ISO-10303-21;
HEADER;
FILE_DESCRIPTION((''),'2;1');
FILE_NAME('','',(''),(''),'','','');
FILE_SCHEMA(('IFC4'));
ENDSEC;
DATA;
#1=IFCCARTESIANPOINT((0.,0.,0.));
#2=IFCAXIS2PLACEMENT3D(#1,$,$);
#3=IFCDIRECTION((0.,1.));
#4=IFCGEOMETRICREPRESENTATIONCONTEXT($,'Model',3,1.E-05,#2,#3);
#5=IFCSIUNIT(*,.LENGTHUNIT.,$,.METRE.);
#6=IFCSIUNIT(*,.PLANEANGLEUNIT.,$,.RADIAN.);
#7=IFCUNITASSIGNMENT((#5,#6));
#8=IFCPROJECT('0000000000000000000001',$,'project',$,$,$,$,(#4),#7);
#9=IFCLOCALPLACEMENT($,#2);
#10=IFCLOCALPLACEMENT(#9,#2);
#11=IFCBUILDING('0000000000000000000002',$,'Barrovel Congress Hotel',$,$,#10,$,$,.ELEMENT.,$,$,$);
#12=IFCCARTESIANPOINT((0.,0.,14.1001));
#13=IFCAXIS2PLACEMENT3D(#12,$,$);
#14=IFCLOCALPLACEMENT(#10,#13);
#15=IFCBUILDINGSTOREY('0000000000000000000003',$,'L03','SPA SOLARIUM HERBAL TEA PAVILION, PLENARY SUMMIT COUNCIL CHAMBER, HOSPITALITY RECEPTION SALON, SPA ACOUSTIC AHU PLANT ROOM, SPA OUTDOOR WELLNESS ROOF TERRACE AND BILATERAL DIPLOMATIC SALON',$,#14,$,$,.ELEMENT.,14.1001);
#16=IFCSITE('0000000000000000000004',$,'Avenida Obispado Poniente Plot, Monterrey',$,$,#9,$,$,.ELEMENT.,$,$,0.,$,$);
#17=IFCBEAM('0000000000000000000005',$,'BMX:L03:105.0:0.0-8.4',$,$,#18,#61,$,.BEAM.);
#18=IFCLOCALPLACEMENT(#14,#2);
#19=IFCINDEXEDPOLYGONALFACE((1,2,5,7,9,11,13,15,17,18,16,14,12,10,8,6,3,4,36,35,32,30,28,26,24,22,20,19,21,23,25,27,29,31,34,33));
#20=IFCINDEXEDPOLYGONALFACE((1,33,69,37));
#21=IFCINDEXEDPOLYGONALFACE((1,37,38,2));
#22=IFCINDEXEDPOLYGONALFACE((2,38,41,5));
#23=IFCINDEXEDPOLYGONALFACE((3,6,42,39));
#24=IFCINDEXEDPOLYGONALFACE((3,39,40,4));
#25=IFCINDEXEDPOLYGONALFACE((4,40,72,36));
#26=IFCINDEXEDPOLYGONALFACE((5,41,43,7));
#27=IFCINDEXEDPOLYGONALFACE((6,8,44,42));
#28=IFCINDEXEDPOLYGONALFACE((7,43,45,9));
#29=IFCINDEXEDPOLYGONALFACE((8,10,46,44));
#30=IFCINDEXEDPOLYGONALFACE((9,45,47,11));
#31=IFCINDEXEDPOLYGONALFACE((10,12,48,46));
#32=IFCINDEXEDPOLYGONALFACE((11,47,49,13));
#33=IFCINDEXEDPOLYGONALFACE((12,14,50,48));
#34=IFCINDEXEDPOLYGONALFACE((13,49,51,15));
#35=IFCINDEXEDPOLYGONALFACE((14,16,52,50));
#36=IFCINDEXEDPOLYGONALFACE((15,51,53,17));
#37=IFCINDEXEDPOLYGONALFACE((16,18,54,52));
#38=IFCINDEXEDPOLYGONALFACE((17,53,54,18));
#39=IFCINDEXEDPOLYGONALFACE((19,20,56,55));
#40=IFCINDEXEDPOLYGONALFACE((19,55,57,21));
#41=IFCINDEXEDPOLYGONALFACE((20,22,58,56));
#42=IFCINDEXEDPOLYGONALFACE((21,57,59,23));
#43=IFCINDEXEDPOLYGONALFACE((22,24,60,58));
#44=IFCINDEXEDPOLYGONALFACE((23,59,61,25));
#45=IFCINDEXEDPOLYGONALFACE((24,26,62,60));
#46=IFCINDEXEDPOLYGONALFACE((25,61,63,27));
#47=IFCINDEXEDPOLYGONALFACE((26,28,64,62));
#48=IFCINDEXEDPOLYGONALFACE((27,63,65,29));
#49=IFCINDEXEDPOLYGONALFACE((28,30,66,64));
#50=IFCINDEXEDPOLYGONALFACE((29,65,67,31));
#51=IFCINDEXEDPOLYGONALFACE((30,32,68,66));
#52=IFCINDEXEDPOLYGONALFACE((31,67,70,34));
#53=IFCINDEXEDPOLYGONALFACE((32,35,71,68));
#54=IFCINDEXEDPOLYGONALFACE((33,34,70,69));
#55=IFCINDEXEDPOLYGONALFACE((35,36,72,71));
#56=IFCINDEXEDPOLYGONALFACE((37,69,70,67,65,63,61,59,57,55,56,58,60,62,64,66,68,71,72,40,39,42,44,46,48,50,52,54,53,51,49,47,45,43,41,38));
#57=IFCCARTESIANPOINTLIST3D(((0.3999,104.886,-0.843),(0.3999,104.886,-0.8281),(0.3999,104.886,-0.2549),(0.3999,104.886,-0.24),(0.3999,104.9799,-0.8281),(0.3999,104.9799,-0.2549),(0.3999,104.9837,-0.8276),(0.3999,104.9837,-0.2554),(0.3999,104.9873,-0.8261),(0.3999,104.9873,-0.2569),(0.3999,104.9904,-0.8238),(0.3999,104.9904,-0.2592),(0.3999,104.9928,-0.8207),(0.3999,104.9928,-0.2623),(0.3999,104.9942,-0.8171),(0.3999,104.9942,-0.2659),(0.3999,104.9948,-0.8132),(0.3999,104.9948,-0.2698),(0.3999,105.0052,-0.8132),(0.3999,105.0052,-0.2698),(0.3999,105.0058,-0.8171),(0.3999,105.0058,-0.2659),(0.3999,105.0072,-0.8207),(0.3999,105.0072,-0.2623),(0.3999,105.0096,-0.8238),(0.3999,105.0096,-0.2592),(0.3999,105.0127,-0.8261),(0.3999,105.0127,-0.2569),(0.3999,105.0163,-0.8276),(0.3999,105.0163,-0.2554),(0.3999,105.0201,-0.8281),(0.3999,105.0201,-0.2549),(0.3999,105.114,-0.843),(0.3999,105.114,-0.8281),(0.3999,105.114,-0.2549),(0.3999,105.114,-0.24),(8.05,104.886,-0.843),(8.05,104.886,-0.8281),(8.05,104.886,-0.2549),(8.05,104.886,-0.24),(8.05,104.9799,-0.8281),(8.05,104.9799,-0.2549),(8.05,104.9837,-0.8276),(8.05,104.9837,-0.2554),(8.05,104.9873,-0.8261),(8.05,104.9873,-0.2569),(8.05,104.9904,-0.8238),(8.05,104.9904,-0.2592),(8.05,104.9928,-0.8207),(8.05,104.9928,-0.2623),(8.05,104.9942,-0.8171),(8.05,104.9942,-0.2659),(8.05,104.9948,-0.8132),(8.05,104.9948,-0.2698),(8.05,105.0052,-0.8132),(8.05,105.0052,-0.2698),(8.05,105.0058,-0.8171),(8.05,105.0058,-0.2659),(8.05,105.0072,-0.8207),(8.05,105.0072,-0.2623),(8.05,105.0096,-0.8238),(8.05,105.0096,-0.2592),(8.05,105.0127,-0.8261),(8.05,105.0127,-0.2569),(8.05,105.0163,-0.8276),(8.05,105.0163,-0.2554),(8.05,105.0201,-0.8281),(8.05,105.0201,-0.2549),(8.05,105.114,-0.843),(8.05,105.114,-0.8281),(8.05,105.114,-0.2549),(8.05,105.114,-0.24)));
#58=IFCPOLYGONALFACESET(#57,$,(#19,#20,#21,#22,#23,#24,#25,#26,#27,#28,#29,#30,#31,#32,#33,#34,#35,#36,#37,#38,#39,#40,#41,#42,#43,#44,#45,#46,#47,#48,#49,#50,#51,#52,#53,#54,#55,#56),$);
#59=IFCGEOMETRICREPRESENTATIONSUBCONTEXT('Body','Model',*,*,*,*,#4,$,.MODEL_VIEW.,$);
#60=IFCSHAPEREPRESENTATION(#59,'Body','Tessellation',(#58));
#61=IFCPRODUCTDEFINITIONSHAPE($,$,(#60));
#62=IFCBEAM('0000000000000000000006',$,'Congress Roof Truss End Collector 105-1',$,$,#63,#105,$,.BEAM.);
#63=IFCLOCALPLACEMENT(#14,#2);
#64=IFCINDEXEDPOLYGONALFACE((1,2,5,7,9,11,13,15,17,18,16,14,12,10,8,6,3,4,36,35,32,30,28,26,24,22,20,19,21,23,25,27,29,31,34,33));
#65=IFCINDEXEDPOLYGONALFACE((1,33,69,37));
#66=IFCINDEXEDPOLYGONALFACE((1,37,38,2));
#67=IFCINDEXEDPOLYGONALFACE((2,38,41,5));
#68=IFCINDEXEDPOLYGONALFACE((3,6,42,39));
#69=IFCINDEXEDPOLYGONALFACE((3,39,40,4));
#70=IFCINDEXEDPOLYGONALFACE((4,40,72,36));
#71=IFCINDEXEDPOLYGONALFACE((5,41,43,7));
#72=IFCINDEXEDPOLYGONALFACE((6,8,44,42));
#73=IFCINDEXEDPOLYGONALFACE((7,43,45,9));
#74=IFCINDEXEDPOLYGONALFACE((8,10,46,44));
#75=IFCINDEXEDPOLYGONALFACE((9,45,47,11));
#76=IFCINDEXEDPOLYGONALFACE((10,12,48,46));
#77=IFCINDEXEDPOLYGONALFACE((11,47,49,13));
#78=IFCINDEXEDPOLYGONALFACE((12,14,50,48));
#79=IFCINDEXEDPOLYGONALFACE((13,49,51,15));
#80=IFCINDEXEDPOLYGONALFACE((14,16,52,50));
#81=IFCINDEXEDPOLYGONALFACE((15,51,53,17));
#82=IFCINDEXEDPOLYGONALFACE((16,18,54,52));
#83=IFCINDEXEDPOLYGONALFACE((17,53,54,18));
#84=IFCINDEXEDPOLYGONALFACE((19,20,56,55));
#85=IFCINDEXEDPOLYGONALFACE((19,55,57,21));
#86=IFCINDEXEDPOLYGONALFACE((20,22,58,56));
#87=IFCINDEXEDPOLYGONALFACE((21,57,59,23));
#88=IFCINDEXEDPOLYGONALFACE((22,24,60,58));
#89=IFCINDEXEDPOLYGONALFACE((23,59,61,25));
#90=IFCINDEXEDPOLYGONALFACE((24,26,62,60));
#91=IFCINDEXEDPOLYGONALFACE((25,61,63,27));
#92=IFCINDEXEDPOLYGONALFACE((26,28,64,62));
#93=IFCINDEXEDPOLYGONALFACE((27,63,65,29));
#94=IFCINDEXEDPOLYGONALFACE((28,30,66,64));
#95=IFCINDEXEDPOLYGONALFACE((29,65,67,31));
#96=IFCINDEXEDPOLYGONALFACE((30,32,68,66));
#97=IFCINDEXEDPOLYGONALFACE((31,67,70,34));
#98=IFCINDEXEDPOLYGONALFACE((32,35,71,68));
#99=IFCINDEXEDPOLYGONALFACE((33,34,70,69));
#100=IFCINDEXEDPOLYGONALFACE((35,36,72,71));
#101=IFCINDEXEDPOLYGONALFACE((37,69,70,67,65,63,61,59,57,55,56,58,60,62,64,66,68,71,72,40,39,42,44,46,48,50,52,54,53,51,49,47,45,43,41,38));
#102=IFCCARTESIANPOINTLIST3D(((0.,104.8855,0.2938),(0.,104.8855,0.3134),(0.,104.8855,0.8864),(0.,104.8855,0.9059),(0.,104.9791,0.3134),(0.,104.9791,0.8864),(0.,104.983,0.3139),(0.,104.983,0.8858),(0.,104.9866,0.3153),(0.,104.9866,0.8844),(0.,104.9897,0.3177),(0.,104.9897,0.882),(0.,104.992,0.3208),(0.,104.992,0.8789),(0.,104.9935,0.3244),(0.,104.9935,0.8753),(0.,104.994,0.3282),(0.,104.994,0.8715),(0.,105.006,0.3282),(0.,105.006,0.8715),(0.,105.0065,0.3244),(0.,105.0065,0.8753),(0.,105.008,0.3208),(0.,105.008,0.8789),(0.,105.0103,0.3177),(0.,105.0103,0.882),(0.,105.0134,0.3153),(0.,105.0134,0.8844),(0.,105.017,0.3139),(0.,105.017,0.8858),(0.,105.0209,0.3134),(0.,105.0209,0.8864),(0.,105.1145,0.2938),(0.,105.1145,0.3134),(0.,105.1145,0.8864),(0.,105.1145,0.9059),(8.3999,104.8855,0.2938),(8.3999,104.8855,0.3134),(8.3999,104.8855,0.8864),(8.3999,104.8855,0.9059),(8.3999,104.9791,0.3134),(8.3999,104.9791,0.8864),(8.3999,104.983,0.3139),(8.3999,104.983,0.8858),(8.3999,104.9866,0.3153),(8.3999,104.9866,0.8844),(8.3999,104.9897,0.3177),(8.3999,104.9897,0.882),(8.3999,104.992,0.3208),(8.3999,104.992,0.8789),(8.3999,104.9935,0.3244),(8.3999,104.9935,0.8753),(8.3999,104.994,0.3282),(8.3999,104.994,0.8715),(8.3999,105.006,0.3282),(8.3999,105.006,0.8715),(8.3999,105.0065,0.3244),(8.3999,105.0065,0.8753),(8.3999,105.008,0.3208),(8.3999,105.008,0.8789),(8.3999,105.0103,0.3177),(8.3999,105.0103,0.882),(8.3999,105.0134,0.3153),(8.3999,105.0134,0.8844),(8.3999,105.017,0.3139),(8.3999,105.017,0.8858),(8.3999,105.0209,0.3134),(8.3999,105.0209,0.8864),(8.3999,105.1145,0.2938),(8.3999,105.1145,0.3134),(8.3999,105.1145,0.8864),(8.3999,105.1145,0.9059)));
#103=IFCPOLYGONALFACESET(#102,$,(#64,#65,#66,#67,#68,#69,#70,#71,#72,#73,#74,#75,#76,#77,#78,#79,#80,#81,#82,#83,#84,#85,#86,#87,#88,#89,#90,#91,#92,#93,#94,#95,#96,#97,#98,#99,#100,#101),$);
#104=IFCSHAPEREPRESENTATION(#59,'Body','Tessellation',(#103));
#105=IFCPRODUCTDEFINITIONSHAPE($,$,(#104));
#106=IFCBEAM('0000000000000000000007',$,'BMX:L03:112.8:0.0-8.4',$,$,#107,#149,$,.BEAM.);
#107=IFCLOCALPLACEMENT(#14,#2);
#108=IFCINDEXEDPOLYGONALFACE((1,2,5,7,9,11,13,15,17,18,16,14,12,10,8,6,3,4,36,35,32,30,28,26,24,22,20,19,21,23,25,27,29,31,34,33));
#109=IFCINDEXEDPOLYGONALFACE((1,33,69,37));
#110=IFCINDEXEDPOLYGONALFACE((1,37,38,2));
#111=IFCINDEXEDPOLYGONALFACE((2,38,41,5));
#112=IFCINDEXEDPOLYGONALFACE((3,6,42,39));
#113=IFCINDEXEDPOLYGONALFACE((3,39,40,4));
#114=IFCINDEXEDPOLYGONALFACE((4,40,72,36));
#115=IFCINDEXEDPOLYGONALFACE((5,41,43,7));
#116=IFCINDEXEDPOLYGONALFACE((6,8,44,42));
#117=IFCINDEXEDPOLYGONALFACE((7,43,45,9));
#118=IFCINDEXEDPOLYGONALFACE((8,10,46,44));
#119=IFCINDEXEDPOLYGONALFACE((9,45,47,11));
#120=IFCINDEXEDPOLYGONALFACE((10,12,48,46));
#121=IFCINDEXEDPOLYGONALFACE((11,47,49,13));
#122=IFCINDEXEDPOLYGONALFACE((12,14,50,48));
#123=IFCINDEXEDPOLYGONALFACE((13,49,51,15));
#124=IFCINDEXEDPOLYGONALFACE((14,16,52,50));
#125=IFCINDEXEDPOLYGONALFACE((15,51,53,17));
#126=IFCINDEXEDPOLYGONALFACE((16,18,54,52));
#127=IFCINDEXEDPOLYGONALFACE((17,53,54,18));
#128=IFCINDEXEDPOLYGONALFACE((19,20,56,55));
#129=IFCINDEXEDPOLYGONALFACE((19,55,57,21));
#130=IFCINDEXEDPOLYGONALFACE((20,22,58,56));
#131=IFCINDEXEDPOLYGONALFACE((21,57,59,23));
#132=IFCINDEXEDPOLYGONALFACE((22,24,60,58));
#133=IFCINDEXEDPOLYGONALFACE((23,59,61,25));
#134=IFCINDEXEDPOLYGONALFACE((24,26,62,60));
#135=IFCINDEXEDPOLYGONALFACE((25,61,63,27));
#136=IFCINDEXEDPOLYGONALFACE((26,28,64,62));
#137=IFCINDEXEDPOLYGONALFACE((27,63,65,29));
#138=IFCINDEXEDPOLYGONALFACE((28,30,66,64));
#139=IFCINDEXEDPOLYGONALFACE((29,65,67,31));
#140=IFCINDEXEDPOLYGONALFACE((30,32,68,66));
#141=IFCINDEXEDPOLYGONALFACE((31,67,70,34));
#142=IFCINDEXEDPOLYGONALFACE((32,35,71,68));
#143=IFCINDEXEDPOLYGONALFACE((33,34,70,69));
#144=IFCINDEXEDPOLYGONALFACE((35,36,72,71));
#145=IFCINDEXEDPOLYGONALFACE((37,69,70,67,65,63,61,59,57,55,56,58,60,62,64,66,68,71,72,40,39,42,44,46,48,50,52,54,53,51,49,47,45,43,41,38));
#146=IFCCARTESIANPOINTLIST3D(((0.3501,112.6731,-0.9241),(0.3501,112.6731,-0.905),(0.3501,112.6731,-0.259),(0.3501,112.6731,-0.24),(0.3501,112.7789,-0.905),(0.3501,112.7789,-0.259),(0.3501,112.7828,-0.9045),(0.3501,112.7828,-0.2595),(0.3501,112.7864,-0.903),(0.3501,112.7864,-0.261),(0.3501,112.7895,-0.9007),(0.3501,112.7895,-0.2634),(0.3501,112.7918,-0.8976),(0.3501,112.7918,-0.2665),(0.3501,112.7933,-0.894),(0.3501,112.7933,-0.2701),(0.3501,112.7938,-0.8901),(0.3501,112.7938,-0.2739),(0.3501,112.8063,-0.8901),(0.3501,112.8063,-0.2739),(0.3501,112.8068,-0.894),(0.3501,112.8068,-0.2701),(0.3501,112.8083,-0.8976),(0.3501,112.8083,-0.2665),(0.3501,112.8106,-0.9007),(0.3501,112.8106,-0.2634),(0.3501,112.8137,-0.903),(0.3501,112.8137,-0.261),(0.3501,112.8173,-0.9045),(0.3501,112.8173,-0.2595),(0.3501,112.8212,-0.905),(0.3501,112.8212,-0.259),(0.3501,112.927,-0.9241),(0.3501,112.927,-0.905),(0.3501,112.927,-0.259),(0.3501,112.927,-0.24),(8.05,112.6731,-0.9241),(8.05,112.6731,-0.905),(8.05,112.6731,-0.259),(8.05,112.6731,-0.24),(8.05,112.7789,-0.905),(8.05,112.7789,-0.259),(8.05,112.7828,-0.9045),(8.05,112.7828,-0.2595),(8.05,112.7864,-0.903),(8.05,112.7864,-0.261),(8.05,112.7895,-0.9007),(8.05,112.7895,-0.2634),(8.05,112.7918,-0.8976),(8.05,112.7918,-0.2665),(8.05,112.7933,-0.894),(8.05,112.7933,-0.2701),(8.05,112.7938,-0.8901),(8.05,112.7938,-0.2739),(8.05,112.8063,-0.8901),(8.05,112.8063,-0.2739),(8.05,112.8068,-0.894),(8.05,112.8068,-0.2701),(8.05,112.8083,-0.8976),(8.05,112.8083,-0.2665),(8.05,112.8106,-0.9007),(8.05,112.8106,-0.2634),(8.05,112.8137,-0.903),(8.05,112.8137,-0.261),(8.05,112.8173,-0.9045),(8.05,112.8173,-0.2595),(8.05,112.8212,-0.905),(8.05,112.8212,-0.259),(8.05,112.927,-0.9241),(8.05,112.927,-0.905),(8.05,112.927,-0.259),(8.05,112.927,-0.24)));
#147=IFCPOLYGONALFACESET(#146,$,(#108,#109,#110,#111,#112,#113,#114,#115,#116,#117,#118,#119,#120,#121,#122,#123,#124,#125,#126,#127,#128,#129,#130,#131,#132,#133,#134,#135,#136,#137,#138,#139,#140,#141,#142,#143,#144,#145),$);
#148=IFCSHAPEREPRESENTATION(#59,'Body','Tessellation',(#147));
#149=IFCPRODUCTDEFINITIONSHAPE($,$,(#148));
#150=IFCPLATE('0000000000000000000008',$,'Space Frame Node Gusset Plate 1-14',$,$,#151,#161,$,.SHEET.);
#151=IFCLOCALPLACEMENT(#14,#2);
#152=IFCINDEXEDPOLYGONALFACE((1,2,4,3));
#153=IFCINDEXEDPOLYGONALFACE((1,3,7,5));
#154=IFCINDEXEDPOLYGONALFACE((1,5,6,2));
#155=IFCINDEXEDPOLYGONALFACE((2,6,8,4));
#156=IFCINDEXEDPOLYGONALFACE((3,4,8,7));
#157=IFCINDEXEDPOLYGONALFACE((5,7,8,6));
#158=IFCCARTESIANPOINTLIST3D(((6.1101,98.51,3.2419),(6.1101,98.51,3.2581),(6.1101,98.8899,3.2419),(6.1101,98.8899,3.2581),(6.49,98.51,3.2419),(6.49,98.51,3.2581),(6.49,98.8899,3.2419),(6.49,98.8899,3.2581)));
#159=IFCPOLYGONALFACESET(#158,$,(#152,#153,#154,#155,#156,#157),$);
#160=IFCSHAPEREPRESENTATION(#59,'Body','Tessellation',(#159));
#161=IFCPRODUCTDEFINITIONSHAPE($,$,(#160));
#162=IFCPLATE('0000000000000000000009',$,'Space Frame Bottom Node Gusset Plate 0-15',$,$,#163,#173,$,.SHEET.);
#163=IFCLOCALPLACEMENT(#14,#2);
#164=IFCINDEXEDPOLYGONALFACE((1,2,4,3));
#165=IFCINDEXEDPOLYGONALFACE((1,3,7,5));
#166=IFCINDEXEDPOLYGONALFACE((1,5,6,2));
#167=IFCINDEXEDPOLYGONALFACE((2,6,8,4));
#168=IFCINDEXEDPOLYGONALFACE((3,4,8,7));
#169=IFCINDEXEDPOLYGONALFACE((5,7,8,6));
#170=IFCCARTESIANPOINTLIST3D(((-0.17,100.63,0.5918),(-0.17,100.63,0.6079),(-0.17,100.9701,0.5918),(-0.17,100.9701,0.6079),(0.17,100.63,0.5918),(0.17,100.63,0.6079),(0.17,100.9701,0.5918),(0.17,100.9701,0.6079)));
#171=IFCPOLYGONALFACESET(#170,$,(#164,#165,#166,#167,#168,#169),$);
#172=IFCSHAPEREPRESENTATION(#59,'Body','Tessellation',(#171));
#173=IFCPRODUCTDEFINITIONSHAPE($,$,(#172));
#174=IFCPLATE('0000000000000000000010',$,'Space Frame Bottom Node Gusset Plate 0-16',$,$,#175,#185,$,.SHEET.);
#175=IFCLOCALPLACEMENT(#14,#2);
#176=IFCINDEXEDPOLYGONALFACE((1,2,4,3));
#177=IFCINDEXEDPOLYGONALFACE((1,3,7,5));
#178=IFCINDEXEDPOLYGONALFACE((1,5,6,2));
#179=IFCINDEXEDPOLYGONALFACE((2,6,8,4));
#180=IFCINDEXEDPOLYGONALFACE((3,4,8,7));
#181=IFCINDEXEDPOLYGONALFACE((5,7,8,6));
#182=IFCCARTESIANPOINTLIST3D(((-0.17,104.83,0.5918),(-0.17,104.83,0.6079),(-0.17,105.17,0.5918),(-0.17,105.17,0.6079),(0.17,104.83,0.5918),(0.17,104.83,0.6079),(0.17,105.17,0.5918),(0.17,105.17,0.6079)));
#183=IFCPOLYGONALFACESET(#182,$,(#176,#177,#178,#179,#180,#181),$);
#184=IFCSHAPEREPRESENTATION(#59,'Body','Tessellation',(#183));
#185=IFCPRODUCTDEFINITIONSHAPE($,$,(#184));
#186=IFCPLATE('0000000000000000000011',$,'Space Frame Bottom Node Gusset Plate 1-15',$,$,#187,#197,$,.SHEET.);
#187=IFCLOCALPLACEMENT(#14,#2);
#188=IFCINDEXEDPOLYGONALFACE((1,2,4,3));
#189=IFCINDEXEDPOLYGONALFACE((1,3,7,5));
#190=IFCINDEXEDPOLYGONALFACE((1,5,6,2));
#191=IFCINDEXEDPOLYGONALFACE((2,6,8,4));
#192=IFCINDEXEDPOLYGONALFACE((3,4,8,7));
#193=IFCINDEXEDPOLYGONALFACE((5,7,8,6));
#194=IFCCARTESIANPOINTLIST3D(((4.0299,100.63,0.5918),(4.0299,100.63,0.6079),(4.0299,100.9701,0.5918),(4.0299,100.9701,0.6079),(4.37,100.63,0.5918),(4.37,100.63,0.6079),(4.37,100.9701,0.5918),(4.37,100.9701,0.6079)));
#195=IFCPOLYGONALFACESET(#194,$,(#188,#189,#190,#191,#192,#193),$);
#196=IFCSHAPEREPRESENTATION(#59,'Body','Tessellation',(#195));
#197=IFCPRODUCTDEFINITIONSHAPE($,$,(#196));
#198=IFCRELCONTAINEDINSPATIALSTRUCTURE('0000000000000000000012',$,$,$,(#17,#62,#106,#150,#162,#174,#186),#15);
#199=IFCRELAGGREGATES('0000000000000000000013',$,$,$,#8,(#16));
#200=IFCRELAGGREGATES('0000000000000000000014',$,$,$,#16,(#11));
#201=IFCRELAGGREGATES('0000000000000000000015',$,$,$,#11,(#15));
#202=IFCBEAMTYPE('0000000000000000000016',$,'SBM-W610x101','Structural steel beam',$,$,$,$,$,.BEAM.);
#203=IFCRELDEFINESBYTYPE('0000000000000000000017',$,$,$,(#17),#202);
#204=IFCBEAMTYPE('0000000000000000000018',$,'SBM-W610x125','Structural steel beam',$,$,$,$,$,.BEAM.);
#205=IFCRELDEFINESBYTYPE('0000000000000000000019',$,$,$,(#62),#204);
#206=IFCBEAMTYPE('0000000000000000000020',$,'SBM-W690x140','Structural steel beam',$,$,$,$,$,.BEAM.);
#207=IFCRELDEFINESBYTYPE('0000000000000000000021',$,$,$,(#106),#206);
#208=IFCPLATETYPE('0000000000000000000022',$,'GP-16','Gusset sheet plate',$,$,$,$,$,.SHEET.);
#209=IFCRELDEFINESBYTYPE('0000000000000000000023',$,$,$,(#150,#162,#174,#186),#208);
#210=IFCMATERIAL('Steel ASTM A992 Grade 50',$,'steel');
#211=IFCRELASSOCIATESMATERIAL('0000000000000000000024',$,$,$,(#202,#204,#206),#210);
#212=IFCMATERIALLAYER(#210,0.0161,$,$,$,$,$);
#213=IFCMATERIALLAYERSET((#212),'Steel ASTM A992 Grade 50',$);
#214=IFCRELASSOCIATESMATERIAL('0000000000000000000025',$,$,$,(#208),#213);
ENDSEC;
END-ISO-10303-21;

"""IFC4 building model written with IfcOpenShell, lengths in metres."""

from ifc_helpers import new_model, si_unit, direction, frame, origin, origin_2d, place, context, subcontext, project, spatial, rectangle, i_section, extrude, material, layer, layer_set, material_profile, profile_set, type_object, element, save


model = new_model("IFC4")

# Units and contexts
model_context = context("Model", 3, precision=1e-05, world=origin(), true_north=direction((0.0, 1.0)))
body_context = subcontext(model_context, "Body", "Model", "MODEL_VIEW")
ifc_project = project(units=[si_unit("LENGTHUNIT", "METRE"), si_unit("PLANEANGLEUNIT", "RADIAN")], contexts=[model_context])

# Site, building, storey
site_placement = place(None, origin())
site = spatial("IfcSite", under=ifc_project, at=site_placement, Name="Avenida Obispado Poniente Plot, Monterrey", CompositionType="ELEMENT", RefElevation=0.0)
building_placement = place(site_placement, origin())
building = spatial("IfcBuilding", under=site, at=building_placement, Name="Barrovel Congress Hotel", CompositionType="ELEMENT")
storey_placement = place(building_placement, frame((0.0, 0.0, 14.1001)))
storey = spatial("IfcBuildingStorey", under=building, at=storey_placement, Name="L03", Description="SPA SOLARIUM HERBAL TEA PAVILION, PLENARY SUMMIT COUNCIL CHAMBER, HOSPITALITY RECEPTION SALON, SPA ACOUSTIC AHU PLANT ROOM, SPA OUTDOOR WELLNESS ROOF TERRACE AND BILATERAL DIPLOMATIC SALON", CompositionType="ELEMENT", Elevation=14.1001)

# Beams
ifc_material_1 = material(Name="Steel ASTM A992 Grade 50", Category="steel")
ifc_material_profile_1 = material_profile(ifc_material_1, i_section(OverallWidth=0.228, OverallDepth=0.603, WebThickness=0.0105, FlangeThickness=0.0149, FilletRadius=0.0149, at=origin_2d()), Name="W610x101")
ifc_profile_set_1 = profile_set([ifc_material_profile_1], Name="Steel ASTM A992 Grade 50")
beam_type_1 = type_object("IfcBeamType", Name="SBM-W610x101", Description="Structural steel beam", PredefinedType="BEAM", material=ifc_profile_set_1)
beam_1_placement = place(storey_placement, frame((0.3999, 105.0, -0.5415), z_axis=(1.0, 0.0, 0.0), x_axis=(0.0, 1.0, 0.0)))
element("IfcBeam", 1, at=beam_1_placement, inside=storey, type_object=beam_type_1, Name="BMX:L03:105.0:0.0-8.4", PredefinedType="BEAM", context=body_context, shape_type="SweptSolid", body=[
    extrude(i_section(OverallWidth=0.228, OverallDepth=0.603, WebThickness=0.0105, FlangeThickness=0.0149, FilletRadius=0.0149, at=origin_2d()), origin(), (0.0, 0.0, 1.0), 7.6501),
])
ifc_material_profile_2 = material_profile(ifc_material_1, i_section(OverallWidth=0.229, OverallDepth=0.6121, WebThickness=0.012, FlangeThickness=0.0195, FilletRadius=0.0149, at=origin_2d()), Name="W610x125")
ifc_profile_set_2 = profile_set([ifc_material_profile_2], Name="Steel ASTM A992 Grade 50")
beam_type_2 = type_object("IfcBeamType", Name="SBM-W610x125", Description="Structural steel beam", PredefinedType="BEAM", material=ifc_profile_set_2)
beam_2_placement = place(storey_placement, frame((0.0, 105.0, 0.5999), z_axis=(1.0, 0.0, 0.0), x_axis=(0.0, 1.0, 0.0)))
element("IfcBeam", 2, at=beam_2_placement, inside=storey, type_object=beam_type_2, Name="Congress Roof Truss End Collector 105-1", PredefinedType="BEAM", context=body_context, shape_type="SweptSolid", body=[
    extrude(i_section(OverallWidth=0.229, OverallDepth=0.6121, WebThickness=0.012, FlangeThickness=0.0195, FilletRadius=0.0149, at=origin_2d()), origin(), (0.0, 0.0, 1.0), 8.3999),
])
ifc_material_profile_3 = material_profile(ifc_material_1, i_section(OverallWidth=0.2539, OverallDepth=0.6841, WebThickness=0.0125, FlangeThickness=0.019, FilletRadius=0.0149, at=origin_2d()), Name="W690x140")
ifc_profile_set_3 = profile_set([ifc_material_profile_3], Name="Steel ASTM A992 Grade 50")
beam_type_3 = type_object("IfcBeamType", Name="SBM-W690x140", Description="Structural steel beam", PredefinedType="BEAM", material=ifc_profile_set_3)
beam_3_placement = place(storey_placement, frame((0.3501, 112.8, -0.582), z_axis=(1.0, 0.0, 0.0), x_axis=(0.0, 1.0, 0.0)))
element("IfcBeam", 3, at=beam_3_placement, inside=storey, type_object=beam_type_3, Name="BMX:L03:112.8:0.0-8.4", PredefinedType="BEAM", context=body_context, shape_type="SweptSolid", body=[
    extrude(i_section(OverallWidth=0.2539, OverallDepth=0.6841, WebThickness=0.0125, FlangeThickness=0.019, FilletRadius=0.0149, at=origin_2d()), origin(), (0.0, 0.0, 1.0), 7.7),
])

# Plates
ifc_layer_1 = layer(ifc_material_1, 0.0161)
ifc_layer_set_1 = layer_set([ifc_layer_1], Name="Steel ASTM A992 Grade 50")
plate_type_1 = type_object("IfcPlateType", Name="GP-16", Description="Gusset sheet plate", PredefinedType="SHEET", material=ifc_layer_set_1)
plate_1_placement = place(storey_placement, frame((6.3, 98.7, 3.2419), z_axis=(0.0, 0.0, 1.0), x_axis=(1.0, 0.0, 0.0)))
element("IfcPlate", 4, at=plate_1_placement, inside=storey, type_object=plate_type_1, Name="Space Frame Node Gusset Plate 1-14", PredefinedType="SHEET", context=body_context, shape_type="SweptSolid", body=[
    extrude(rectangle(XDim=0.3799, YDim=0.3799, at=origin_2d()), origin(), (0.0, 0.0, 1.0), 0.0161),
])
for number, where, z_axis, x_axis, name in (
    (5, (0.0, 100.8, 0.5918), (0.0, 0.0, 1.0), (1.0, 0.0, 0.0), "Space Frame Bottom Node Gusset Plate 0-15"),
    (6, (0.0, 105.0, 0.5918), (0.0, 0.0, 1.0), (1.0, 0.0, 0.0), "Space Frame Bottom Node Gusset Plate 0-16"),
    (7, (4.2, 100.8, 0.5918), (0.0, 0.0, 1.0), (1.0, 0.0, 0.0), "Space Frame Bottom Node Gusset Plate 1-15"),
):
    element("IfcPlate", number, at=place(storey_placement, frame(where, z_axis=z_axis, x_axis=x_axis)), inside=storey, type_object=plate_type_1, Name=name, PredefinedType="SHEET", context=body_context, shape_type="SweptSolid", body=[
        extrude(rectangle(XDim=0.3401, YDim=0.3401, at=origin_2d()), origin(), (0.0, 0.0, 1.0), 0.0161),
    ])

save(model, "model.ifc")
